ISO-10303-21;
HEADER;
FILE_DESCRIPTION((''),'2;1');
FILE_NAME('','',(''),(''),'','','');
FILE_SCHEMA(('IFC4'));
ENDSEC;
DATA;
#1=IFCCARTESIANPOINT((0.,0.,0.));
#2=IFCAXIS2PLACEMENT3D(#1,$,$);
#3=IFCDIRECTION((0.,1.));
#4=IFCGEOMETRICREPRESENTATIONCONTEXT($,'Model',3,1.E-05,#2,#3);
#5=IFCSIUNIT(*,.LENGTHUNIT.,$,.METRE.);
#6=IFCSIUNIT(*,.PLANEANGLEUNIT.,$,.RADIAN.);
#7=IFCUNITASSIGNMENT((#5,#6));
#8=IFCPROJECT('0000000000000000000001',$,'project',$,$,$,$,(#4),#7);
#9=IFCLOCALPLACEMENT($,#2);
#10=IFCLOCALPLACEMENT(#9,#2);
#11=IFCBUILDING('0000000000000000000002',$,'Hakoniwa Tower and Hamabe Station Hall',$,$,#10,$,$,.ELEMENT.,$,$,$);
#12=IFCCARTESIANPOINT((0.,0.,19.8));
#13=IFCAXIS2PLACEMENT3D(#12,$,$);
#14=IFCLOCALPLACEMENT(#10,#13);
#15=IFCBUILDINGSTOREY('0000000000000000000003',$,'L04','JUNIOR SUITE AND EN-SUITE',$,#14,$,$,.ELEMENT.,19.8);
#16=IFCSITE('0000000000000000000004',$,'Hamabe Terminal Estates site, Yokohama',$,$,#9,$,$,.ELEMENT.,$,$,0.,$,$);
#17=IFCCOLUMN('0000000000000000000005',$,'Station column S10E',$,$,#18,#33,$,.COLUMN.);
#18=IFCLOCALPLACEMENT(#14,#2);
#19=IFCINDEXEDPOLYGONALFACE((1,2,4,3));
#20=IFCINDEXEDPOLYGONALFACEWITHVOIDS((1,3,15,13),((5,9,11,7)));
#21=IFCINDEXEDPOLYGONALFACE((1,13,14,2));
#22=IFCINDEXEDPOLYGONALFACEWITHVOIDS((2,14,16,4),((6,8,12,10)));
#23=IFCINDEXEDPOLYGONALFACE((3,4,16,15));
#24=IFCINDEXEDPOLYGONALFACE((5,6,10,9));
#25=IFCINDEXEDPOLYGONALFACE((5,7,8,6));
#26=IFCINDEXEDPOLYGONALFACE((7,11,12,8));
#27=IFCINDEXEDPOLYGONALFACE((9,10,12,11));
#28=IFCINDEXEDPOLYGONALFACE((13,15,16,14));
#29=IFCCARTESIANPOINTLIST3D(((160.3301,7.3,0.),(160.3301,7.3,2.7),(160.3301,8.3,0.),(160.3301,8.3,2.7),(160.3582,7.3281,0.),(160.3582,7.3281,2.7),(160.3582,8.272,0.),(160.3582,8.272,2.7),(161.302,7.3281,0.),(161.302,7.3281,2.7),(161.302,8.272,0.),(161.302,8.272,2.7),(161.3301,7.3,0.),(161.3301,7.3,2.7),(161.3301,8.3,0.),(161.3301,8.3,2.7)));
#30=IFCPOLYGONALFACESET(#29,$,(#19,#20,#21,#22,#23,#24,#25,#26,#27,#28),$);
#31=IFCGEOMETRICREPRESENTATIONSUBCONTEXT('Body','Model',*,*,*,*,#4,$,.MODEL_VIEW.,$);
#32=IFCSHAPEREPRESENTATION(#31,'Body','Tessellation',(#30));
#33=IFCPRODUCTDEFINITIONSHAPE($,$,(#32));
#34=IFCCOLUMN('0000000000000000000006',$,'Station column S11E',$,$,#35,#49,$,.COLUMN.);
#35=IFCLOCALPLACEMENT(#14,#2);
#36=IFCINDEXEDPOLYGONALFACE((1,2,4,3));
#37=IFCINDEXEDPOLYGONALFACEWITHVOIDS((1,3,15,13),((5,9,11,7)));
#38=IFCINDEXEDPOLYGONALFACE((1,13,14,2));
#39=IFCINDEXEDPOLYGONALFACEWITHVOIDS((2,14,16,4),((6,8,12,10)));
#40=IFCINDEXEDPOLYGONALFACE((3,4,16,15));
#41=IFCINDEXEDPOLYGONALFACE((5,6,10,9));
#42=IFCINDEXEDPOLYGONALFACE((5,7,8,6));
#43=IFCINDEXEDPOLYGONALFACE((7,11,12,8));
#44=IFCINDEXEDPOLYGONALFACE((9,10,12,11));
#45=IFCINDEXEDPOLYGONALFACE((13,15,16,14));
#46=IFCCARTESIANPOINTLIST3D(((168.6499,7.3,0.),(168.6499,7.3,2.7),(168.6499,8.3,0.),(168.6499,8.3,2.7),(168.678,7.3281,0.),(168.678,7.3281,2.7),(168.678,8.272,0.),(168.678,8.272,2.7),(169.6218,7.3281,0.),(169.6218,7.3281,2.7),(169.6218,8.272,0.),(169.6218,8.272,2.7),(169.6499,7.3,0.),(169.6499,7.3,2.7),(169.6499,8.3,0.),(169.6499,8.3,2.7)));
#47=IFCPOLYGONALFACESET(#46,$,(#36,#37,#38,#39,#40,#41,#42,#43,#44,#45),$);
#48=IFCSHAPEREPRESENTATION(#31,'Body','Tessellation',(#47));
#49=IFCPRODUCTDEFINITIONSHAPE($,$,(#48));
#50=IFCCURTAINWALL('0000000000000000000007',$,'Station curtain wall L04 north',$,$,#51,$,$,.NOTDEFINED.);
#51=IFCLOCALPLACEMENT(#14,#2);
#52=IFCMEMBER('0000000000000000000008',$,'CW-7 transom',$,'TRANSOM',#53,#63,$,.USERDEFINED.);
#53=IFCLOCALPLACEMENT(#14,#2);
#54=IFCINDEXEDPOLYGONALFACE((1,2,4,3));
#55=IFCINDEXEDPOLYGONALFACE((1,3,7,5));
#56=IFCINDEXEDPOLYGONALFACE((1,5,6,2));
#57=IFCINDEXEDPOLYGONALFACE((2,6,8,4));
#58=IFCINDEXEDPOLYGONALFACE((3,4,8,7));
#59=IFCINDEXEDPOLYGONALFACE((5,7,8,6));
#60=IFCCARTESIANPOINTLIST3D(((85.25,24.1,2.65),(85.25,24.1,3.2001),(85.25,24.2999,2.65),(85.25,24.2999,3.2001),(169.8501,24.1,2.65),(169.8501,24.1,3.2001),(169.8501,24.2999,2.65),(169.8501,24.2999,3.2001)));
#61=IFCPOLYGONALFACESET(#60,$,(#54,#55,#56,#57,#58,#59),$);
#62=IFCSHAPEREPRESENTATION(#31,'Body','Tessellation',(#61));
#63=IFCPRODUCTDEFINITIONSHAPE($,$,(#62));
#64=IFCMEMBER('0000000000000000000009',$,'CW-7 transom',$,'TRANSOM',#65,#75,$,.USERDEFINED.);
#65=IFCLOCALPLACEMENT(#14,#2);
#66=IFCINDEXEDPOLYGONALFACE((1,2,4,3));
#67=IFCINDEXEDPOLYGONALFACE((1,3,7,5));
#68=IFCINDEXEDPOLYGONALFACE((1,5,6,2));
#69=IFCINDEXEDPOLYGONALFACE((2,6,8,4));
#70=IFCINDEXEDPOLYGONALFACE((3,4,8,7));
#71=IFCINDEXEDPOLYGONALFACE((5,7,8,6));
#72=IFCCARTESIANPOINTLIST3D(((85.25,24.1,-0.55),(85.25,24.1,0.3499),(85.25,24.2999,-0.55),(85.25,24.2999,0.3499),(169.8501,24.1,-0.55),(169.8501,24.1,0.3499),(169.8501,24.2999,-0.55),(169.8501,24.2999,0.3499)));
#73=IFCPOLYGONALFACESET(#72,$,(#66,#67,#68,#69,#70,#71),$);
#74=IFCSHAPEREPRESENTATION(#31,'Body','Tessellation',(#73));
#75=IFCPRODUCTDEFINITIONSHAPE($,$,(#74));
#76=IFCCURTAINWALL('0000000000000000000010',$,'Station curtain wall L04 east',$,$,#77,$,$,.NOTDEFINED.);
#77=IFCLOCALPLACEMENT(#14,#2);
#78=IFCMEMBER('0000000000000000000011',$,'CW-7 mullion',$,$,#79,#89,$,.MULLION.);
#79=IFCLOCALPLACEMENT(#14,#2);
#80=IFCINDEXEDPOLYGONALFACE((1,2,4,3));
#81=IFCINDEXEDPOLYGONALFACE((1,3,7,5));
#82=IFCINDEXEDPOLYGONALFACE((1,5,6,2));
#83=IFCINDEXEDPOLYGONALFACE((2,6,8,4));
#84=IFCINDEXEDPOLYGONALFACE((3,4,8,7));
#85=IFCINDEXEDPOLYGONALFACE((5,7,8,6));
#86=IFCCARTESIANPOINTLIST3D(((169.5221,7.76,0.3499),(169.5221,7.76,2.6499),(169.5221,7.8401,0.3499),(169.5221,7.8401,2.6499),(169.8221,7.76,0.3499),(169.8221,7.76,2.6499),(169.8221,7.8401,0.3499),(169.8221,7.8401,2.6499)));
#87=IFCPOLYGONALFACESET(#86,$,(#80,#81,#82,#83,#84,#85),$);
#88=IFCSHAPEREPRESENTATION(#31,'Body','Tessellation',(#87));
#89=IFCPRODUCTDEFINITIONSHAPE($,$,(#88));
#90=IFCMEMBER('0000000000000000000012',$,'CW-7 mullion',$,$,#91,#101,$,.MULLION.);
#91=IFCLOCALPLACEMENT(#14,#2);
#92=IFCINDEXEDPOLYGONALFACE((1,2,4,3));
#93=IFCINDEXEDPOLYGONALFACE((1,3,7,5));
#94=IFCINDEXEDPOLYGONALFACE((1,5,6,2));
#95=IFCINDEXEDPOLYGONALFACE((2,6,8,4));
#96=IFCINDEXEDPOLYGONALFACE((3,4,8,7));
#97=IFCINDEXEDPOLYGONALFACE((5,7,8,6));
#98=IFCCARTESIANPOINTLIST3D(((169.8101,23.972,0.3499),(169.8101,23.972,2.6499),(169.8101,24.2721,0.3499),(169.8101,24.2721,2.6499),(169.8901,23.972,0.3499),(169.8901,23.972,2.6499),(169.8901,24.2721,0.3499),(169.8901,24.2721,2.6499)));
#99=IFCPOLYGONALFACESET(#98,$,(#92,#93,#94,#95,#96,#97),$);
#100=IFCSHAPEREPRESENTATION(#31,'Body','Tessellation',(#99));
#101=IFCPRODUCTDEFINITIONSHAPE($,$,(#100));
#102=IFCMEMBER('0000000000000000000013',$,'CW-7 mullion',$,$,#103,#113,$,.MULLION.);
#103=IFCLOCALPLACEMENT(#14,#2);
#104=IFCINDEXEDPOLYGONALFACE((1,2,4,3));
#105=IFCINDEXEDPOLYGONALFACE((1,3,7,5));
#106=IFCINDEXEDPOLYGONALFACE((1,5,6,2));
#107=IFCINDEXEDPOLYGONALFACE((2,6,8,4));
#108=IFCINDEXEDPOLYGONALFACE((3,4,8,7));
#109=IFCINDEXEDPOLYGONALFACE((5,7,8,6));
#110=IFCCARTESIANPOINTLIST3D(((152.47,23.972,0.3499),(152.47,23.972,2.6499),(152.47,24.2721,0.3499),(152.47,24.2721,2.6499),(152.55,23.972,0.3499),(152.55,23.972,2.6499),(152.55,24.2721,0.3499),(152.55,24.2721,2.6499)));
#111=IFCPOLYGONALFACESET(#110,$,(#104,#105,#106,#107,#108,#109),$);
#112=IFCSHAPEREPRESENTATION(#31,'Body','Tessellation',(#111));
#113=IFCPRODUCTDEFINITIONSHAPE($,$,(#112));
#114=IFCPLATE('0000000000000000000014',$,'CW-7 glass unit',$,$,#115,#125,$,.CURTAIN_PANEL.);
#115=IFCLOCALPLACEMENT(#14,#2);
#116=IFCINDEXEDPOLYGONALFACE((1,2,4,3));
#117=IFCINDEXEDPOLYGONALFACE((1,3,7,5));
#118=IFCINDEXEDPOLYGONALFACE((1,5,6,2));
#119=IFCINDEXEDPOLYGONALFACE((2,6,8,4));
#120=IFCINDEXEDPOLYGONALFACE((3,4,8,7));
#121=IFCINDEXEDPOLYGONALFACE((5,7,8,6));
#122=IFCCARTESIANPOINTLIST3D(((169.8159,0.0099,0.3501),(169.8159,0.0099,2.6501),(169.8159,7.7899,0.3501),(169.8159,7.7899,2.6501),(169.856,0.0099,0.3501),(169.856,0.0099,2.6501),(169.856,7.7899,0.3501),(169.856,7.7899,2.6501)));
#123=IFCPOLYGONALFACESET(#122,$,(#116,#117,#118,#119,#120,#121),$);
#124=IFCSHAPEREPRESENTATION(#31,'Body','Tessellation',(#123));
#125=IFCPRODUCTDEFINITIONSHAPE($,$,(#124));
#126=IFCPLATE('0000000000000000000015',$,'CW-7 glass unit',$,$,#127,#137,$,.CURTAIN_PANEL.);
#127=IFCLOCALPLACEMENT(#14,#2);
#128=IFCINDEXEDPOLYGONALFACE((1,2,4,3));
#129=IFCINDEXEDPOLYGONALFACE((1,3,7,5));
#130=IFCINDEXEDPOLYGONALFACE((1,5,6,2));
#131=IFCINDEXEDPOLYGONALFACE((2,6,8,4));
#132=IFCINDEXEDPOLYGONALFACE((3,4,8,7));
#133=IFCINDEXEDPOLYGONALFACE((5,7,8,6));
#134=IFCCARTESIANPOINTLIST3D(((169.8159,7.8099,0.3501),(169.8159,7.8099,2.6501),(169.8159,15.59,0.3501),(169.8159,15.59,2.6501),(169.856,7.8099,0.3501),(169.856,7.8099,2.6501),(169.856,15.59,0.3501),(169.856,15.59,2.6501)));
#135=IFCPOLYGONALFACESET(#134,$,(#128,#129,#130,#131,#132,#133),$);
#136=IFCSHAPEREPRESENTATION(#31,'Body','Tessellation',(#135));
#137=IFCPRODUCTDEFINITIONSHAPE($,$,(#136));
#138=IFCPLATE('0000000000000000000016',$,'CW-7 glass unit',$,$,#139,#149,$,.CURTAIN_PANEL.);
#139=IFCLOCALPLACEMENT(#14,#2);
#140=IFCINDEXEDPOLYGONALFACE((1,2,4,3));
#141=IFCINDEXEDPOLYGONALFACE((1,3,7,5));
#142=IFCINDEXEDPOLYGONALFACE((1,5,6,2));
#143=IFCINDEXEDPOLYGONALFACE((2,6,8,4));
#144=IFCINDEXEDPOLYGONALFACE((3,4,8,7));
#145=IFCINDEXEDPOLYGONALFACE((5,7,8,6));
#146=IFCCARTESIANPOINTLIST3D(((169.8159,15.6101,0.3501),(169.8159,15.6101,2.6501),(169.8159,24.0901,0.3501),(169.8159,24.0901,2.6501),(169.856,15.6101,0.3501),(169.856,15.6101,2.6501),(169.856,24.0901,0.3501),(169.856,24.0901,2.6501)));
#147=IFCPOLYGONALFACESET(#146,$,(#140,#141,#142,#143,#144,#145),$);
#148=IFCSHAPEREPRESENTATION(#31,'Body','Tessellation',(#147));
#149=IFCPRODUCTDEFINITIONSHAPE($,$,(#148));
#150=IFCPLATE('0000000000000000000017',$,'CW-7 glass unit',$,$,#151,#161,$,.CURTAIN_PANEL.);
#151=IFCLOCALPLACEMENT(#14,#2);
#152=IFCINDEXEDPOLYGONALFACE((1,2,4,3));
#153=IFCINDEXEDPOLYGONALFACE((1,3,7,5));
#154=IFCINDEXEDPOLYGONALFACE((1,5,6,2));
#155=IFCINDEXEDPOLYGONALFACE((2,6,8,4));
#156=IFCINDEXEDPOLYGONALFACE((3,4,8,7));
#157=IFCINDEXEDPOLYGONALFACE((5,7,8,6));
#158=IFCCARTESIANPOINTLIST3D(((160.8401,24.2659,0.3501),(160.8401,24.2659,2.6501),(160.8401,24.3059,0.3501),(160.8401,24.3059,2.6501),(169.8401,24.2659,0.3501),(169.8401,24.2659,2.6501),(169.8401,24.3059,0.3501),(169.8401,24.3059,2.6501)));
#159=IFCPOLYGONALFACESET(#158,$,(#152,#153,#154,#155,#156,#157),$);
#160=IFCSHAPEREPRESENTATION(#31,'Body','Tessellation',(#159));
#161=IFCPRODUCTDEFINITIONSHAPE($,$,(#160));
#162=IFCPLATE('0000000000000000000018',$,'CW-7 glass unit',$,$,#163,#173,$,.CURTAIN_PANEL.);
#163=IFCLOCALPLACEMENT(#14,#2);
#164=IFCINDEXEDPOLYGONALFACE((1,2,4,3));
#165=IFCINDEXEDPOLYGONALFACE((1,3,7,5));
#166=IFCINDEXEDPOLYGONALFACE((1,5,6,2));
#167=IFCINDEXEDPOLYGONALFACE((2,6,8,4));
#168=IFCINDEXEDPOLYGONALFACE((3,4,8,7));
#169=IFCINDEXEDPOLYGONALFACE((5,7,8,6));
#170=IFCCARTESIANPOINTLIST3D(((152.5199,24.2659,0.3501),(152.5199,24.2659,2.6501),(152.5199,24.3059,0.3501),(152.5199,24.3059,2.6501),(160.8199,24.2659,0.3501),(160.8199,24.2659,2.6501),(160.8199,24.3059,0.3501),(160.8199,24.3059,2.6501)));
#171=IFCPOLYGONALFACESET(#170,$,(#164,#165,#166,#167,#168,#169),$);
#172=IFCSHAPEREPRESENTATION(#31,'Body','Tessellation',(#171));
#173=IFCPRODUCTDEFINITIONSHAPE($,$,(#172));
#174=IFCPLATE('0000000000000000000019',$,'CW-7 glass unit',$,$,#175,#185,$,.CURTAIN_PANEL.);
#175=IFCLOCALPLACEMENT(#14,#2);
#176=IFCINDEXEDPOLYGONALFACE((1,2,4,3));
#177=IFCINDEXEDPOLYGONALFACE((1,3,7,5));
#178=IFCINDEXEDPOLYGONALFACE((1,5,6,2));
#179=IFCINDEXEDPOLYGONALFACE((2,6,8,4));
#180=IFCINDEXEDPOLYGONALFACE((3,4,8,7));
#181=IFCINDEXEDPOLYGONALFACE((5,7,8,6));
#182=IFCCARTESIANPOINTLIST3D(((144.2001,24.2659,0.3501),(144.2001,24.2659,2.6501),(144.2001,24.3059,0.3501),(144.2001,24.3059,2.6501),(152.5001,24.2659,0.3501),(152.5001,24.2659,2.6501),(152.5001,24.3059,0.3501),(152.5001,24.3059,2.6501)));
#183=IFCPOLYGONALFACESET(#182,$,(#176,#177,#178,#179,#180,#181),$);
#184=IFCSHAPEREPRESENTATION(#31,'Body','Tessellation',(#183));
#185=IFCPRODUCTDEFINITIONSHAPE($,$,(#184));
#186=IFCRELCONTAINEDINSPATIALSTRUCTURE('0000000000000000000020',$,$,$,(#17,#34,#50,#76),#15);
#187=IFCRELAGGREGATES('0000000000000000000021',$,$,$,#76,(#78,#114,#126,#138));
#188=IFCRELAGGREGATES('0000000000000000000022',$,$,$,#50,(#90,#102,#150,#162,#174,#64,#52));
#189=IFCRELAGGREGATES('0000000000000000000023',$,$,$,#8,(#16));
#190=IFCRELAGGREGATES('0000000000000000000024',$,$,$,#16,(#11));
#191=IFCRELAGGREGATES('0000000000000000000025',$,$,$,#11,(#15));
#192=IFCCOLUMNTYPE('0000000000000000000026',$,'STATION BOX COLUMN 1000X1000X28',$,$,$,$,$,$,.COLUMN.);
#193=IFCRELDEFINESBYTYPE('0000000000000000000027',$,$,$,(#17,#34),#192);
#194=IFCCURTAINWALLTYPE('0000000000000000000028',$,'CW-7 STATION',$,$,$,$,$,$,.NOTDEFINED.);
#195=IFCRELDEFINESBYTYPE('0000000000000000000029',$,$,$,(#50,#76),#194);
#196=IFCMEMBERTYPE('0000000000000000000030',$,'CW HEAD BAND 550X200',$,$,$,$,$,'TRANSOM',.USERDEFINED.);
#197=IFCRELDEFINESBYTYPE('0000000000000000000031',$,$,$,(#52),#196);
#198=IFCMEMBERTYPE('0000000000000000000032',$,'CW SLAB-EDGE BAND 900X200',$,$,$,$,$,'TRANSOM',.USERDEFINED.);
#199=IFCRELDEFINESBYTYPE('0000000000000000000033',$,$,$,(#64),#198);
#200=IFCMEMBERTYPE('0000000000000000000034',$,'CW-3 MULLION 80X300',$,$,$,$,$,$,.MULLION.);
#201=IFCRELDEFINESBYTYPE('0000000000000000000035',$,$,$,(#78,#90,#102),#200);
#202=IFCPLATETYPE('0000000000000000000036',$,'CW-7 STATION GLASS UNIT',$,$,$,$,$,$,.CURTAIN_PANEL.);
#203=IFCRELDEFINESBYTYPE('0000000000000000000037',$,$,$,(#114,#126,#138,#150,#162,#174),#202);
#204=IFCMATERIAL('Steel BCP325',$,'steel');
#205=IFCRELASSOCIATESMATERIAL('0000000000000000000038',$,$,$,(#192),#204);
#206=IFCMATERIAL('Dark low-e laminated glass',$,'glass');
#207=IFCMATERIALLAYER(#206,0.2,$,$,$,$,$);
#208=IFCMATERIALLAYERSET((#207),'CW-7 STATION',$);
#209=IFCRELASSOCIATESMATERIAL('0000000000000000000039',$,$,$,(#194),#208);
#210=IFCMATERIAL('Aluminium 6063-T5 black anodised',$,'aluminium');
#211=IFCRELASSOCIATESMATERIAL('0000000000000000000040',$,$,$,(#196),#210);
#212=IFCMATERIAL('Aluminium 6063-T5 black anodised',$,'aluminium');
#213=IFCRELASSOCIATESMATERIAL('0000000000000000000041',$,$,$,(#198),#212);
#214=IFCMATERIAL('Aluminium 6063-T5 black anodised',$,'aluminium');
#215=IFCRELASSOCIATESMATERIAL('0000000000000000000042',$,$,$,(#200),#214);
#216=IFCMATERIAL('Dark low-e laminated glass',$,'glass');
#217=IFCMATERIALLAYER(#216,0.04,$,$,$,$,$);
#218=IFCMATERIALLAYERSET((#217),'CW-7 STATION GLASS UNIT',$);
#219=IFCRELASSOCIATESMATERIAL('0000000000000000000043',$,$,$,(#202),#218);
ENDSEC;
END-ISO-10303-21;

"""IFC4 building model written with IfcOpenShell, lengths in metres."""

from ifc_helpers import new_model, si_unit, direction, frame, origin, origin_2d, place, context, subcontext, project, spatial, rectangle, hollow_rectangle, extrude, material, layer, layer_set, material_profile, profile_set, type_object, element, aggregate, save


model = new_model("IFC4")

# Units and contexts
model_context = context("Model", 3, precision=1e-05, world=origin(), true_north=direction((0.0, 1.0)))
body_context = subcontext(model_context, "Body", "Model", "MODEL_VIEW")
ifc_project = project(units=[si_unit("LENGTHUNIT", "METRE"), si_unit("PLANEANGLEUNIT", "RADIAN")], contexts=[model_context])

# Site, building, storey
site_placement = place(None, origin())
site = spatial("IfcSite", under=ifc_project, at=site_placement, Name="Hamabe Terminal Estates site, Yokohama", CompositionType="ELEMENT", RefElevation=0.0)
building_placement = place(site_placement, origin())
building = spatial("IfcBuilding", under=site, at=building_placement, Name="Hakoniwa Tower and Hamabe Station Hall", CompositionType="ELEMENT")
storey_placement = place(building_placement, frame((0.0, 0.0, 19.8)))
storey = spatial("IfcBuildingStorey", under=building, at=storey_placement, Name="L04", Description="JUNIOR SUITE AND EN-SUITE", CompositionType="ELEMENT", Elevation=19.8)

# Columns
ifc_material_1 = material(Name="Steel BCP325", Category="steel")
ifc_material_profile_1 = material_profile(ifc_material_1, hollow_rectangle(XDim=1.0, YDim=1.0, WallThickness=0.0281, at=origin_2d()), Name="STATION BOX COLUMN 1000X1000X28")
ifc_profile_set_1 = profile_set([ifc_material_profile_1], Name="Steel BCP325")
column_type = type_object("IfcColumnType", Name="STATION BOX COLUMN 1000X1000X28", PredefinedType="COLUMN", material=ifc_profile_set_1)
for number, where, z_axis, x_axis, name in (
    (1, (160.8301, 7.8, 0.0), (0.0, 0.0, 1.0), (1.0, 0.0, 0.0), "Station column S10E"),
    (2, (169.1499, 7.8, 0.0), (0.0, 0.0, 1.0), (1.0, 0.0, 0.0), "Station column S11E"),
):
    element("IfcColumn", number, at=place(storey_placement, frame(where, z_axis=z_axis, x_axis=x_axis)), inside=storey, type_object=column_type, Name=name, PredefinedType="COLUMN", context=body_context, shape_type="SweptSolid", body=[
        extrude(hollow_rectangle(XDim=1.0, YDim=1.0, WallThickness=0.0281, at=origin_2d()), origin(), (0.0, 0.0, 1.0), 2.7),
    ])

# Curtain wall, members
ifc_material_2 = material(Name="Dark low-e laminated glass", Category="glass")
ifc_layer_1 = layer(ifc_material_2, 0.2)
ifc_layer_set_1 = layer_set([ifc_layer_1], Name="CW-7 STATION")
curtain_wall_type = type_object("IfcCurtainWallType", Name="CW-7 STATION", PredefinedType="NOTDEFINED", material=ifc_layer_set_1)
curtain_wall_1_placement = place(storey_placement, origin())
curtain_wall_1 = element("IfcCurtainWall", 3, at=curtain_wall_1_placement, inside=storey, type_object=curtain_wall_type, Name="Station curtain wall L04 north", PredefinedType="NOTDEFINED")
ifc_material_3 = material(Name="Aluminium 6063-T5 black anodised", Category="aluminium")
ifc_material_profile_2 = material_profile(ifc_material_3, rectangle(XDim=0.2, YDim=0.55, at=origin_2d()), Name="CW HEAD BAND 550X200")
ifc_profile_set_2 = profile_set([ifc_material_profile_2], Name="Aluminium 6063-T5 black anodised")
member_type_1 = type_object("IfcMemberType", Name="CW HEAD BAND 550X200", ElementType="TRANSOM", PredefinedType="USERDEFINED", material=ifc_profile_set_2)
member_1_placement = place(storey_placement, frame((169.8501, 24.2, 2.925), z_axis=(-1.0, 0.0, 0.0), x_axis=(0.0, -1.0, 0.0)))
member_1 = element("IfcMember", 4, at=member_1_placement, type_object=member_type_1, Name="CW-7 transom", ObjectType="TRANSOM", PredefinedType="USERDEFINED", context=body_context, shape_type="SweptSolid", body=[
    extrude(rectangle(XDim=0.2, YDim=0.55, at=origin_2d()), origin(), (0.0, 0.0, 1.0), 84.6001),
])
ifc_material_4 = material(Name="Aluminium 6063-T5 black anodised", Category="aluminium")
ifc_material_profile_3 = material_profile(ifc_material_4, rectangle(XDim=0.2, YDim=0.8999, at=origin_2d()), Name="CW SLAB-EDGE BAND 900X200")
ifc_profile_set_3 = profile_set([ifc_material_profile_3], Name="Aluminium 6063-T5 black anodised")
member_type_2 = type_object("IfcMemberType", Name="CW SLAB-EDGE BAND 900X200", ElementType="TRANSOM", PredefinedType="USERDEFINED", material=ifc_profile_set_3)
member_2_placement = place(storey_placement, frame((169.8501, 24.2, -0.1001), z_axis=(-1.0, 0.0, 0.0), x_axis=(0.0, -1.0, 0.0)))
member_2 = element("IfcMember", 5, at=member_2_placement, type_object=member_type_2, Name="CW-7 transom", ObjectType="TRANSOM", PredefinedType="USERDEFINED", context=body_context, shape_type="SweptSolid", body=[
    extrude(rectangle(XDim=0.2, YDim=0.8999, at=origin_2d()), origin(), (0.0, 0.0, 1.0), 84.6001),
])

# Curtain wall, member
curtain_wall_2_placement = place(storey_placement, origin())
curtain_wall_2 = element("IfcCurtainWall", 6, at=curtain_wall_2_placement, inside=storey, type_object=curtain_wall_type, Name="Station curtain wall L04 east", PredefinedType="NOTDEFINED")
ifc_material_5 = material(Name="Aluminium 6063-T5 black anodised", Category="aluminium")
ifc_material_profile_4 = material_profile(ifc_material_5, rectangle(XDim=0.0801, YDim=0.3, at=origin_2d()), Name="CW-3 MULLION 80X300")
ifc_profile_set_4 = profile_set([ifc_material_profile_4], Name="Aluminium 6063-T5 black anodised")
member_type_3 = type_object("IfcMemberType", Name="CW-3 MULLION 80X300", PredefinedType="MULLION", material=ifc_profile_set_4)
member_3_placement = place(storey_placement, frame((169.6721, 7.8, 0.3499), z_axis=(0.0, 0.0, 1.0), x_axis=(0.0, 1.0, 0.0)))
member_3 = element("IfcMember", 7, at=member_3_placement, type_object=member_type_3, Name="CW-7 mullion", PredefinedType="MULLION", context=body_context, shape_type="SweptSolid", body=[
    extrude(rectangle(XDim=0.0801, YDim=0.3, at=origin_2d()), origin(), (0.0, 0.0, 1.0), 2.3),
])

# Members
member_4_placement = place(storey_placement, frame((169.8501, 24.1221, 0.3499), z_axis=(0.0, 0.0, 1.0), x_axis=(-1.0, 0.0, 0.0)))
member_4 = element("IfcMember", 8, at=member_4_placement, type_object=member_type_3, Name="CW-7 mullion", PredefinedType="MULLION", context=body_context, shape_type="SweptSolid", body=[
    extrude(rectangle(XDim=0.0801, YDim=0.3, at=origin_2d()), origin(), (0.0, 0.0, 1.0), 2.3),
])
member_5_placement = place(storey_placement, frame((152.51, 24.1221, 0.3499), z_axis=(0.0, 0.0, 1.0), x_axis=(-1.0, 0.0, 0.0)))
member_5 = element("IfcMember", 9, at=member_5_placement, type_object=member_type_3, Name="CW-7 mullion", PredefinedType="MULLION", context=body_context, shape_type="SweptSolid", body=[
    extrude(rectangle(XDim=0.0801, YDim=0.3, at=origin_2d()), origin(), (0.0, 0.0, 1.0), 2.3),
])

# Plates
ifc_material_6 = material(Name="Dark low-e laminated glass", Category="glass")
ifc_layer_2 = layer(ifc_material_6, 0.04)
ifc_layer_set_2 = layer_set([ifc_layer_2], Name="CW-7 STATION GLASS UNIT")
plate_type = type_object("IfcPlateType", Name="CW-7 STATION GLASS UNIT", PredefinedType="CURTAIN_PANEL", material=ifc_layer_set_2)
plate_1_placement = place(storey_placement, frame((169.8359, 3.8999, 0.3501), z_axis=(0.0, 0.0, 1.0), x_axis=(0.0, 1.0, 0.0)))
plate_1 = element("IfcPlate", 10, at=plate_1_placement, type_object=plate_type, Name="CW-7 glass unit", PredefinedType="CURTAIN_PANEL", context=body_context, shape_type="SweptSolid", body=[
    extrude(rectangle(XDim=7.78, YDim=0.04, at=origin_2d()), origin(), (0.0, 0.0, 1.0), 2.3),
])
plate_2_placement = place(storey_placement, frame((169.8359, 11.7, 0.3501), z_axis=(0.0, 0.0, 1.0), x_axis=(0.0, 1.0, 0.0)))
plate_2 = element("IfcPlate", 11, at=plate_2_placement, type_object=plate_type, Name="CW-7 glass unit", PredefinedType="CURTAIN_PANEL", context=body_context, shape_type="SweptSolid", body=[
    extrude(rectangle(XDim=7.78, YDim=0.04, at=origin_2d()), origin(), (0.0, 0.0, 1.0), 2.3),
])
plate_3_placement = place(storey_placement, frame((169.8359, 19.8501, 0.3501), z_axis=(0.0, 0.0, 1.0), x_axis=(0.0, 1.0, 0.0)))
plate_3 = element("IfcPlate", 12, at=plate_3_placement, type_object=plate_type, Name="CW-7 glass unit", PredefinedType="CURTAIN_PANEL", context=body_context, shape_type="SweptSolid", body=[
    extrude(rectangle(XDim=8.48, YDim=0.04, at=origin_2d()), origin(), (0.0, 0.0, 1.0), 2.3),
])
aggregate(curtain_wall_2, [member_3, plate_1, plate_2, plate_3])
plate_4_placement = place(storey_placement, frame((165.3401, 24.2859, 0.3501), z_axis=(0.0, 0.0, 1.0), x_axis=(-1.0, 0.0, 0.0)))
plate_4 = element("IfcPlate", 13, at=plate_4_placement, type_object=plate_type, Name="CW-7 glass unit", PredefinedType="CURTAIN_PANEL", context=body_context, shape_type="SweptSolid", body=[
    extrude(rectangle(XDim=9.0, YDim=0.04, at=origin_2d()), origin(), (0.0, 0.0, 1.0), 2.3),
])
plate_5_placement = place(storey_placement, frame((156.6699, 24.2859, 0.3501), z_axis=(0.0, 0.0, 1.0), x_axis=(-1.0, 0.0, 0.0)))
plate_5 = element("IfcPlate", 14, at=plate_5_placement, type_object=plate_type, Name="CW-7 glass unit", PredefinedType="CURTAIN_PANEL", context=body_context, shape_type="SweptSolid", body=[
    extrude(rectangle(XDim=8.3, YDim=0.04, at=origin_2d()), origin(), (0.0, 0.0, 1.0), 2.3),
])
plate_6_placement = place(storey_placement, frame((148.3501, 24.2859, 0.3501), z_axis=(0.0, 0.0, 1.0), x_axis=(-1.0, 0.0, 0.0)))
plate_6 = element("IfcPlate", 15, at=plate_6_placement, type_object=plate_type, Name="CW-7 glass unit", PredefinedType="CURTAIN_PANEL", context=body_context, shape_type="SweptSolid", body=[
    extrude(rectangle(XDim=8.3, YDim=0.04, at=origin_2d()), origin(), (0.0, 0.0, 1.0), 2.3),
])
aggregate(curtain_wall_1, [member_4, member_5, plate_4, plate_5, plate_6, member_2, member_1])

save(model, "model.ifc")
